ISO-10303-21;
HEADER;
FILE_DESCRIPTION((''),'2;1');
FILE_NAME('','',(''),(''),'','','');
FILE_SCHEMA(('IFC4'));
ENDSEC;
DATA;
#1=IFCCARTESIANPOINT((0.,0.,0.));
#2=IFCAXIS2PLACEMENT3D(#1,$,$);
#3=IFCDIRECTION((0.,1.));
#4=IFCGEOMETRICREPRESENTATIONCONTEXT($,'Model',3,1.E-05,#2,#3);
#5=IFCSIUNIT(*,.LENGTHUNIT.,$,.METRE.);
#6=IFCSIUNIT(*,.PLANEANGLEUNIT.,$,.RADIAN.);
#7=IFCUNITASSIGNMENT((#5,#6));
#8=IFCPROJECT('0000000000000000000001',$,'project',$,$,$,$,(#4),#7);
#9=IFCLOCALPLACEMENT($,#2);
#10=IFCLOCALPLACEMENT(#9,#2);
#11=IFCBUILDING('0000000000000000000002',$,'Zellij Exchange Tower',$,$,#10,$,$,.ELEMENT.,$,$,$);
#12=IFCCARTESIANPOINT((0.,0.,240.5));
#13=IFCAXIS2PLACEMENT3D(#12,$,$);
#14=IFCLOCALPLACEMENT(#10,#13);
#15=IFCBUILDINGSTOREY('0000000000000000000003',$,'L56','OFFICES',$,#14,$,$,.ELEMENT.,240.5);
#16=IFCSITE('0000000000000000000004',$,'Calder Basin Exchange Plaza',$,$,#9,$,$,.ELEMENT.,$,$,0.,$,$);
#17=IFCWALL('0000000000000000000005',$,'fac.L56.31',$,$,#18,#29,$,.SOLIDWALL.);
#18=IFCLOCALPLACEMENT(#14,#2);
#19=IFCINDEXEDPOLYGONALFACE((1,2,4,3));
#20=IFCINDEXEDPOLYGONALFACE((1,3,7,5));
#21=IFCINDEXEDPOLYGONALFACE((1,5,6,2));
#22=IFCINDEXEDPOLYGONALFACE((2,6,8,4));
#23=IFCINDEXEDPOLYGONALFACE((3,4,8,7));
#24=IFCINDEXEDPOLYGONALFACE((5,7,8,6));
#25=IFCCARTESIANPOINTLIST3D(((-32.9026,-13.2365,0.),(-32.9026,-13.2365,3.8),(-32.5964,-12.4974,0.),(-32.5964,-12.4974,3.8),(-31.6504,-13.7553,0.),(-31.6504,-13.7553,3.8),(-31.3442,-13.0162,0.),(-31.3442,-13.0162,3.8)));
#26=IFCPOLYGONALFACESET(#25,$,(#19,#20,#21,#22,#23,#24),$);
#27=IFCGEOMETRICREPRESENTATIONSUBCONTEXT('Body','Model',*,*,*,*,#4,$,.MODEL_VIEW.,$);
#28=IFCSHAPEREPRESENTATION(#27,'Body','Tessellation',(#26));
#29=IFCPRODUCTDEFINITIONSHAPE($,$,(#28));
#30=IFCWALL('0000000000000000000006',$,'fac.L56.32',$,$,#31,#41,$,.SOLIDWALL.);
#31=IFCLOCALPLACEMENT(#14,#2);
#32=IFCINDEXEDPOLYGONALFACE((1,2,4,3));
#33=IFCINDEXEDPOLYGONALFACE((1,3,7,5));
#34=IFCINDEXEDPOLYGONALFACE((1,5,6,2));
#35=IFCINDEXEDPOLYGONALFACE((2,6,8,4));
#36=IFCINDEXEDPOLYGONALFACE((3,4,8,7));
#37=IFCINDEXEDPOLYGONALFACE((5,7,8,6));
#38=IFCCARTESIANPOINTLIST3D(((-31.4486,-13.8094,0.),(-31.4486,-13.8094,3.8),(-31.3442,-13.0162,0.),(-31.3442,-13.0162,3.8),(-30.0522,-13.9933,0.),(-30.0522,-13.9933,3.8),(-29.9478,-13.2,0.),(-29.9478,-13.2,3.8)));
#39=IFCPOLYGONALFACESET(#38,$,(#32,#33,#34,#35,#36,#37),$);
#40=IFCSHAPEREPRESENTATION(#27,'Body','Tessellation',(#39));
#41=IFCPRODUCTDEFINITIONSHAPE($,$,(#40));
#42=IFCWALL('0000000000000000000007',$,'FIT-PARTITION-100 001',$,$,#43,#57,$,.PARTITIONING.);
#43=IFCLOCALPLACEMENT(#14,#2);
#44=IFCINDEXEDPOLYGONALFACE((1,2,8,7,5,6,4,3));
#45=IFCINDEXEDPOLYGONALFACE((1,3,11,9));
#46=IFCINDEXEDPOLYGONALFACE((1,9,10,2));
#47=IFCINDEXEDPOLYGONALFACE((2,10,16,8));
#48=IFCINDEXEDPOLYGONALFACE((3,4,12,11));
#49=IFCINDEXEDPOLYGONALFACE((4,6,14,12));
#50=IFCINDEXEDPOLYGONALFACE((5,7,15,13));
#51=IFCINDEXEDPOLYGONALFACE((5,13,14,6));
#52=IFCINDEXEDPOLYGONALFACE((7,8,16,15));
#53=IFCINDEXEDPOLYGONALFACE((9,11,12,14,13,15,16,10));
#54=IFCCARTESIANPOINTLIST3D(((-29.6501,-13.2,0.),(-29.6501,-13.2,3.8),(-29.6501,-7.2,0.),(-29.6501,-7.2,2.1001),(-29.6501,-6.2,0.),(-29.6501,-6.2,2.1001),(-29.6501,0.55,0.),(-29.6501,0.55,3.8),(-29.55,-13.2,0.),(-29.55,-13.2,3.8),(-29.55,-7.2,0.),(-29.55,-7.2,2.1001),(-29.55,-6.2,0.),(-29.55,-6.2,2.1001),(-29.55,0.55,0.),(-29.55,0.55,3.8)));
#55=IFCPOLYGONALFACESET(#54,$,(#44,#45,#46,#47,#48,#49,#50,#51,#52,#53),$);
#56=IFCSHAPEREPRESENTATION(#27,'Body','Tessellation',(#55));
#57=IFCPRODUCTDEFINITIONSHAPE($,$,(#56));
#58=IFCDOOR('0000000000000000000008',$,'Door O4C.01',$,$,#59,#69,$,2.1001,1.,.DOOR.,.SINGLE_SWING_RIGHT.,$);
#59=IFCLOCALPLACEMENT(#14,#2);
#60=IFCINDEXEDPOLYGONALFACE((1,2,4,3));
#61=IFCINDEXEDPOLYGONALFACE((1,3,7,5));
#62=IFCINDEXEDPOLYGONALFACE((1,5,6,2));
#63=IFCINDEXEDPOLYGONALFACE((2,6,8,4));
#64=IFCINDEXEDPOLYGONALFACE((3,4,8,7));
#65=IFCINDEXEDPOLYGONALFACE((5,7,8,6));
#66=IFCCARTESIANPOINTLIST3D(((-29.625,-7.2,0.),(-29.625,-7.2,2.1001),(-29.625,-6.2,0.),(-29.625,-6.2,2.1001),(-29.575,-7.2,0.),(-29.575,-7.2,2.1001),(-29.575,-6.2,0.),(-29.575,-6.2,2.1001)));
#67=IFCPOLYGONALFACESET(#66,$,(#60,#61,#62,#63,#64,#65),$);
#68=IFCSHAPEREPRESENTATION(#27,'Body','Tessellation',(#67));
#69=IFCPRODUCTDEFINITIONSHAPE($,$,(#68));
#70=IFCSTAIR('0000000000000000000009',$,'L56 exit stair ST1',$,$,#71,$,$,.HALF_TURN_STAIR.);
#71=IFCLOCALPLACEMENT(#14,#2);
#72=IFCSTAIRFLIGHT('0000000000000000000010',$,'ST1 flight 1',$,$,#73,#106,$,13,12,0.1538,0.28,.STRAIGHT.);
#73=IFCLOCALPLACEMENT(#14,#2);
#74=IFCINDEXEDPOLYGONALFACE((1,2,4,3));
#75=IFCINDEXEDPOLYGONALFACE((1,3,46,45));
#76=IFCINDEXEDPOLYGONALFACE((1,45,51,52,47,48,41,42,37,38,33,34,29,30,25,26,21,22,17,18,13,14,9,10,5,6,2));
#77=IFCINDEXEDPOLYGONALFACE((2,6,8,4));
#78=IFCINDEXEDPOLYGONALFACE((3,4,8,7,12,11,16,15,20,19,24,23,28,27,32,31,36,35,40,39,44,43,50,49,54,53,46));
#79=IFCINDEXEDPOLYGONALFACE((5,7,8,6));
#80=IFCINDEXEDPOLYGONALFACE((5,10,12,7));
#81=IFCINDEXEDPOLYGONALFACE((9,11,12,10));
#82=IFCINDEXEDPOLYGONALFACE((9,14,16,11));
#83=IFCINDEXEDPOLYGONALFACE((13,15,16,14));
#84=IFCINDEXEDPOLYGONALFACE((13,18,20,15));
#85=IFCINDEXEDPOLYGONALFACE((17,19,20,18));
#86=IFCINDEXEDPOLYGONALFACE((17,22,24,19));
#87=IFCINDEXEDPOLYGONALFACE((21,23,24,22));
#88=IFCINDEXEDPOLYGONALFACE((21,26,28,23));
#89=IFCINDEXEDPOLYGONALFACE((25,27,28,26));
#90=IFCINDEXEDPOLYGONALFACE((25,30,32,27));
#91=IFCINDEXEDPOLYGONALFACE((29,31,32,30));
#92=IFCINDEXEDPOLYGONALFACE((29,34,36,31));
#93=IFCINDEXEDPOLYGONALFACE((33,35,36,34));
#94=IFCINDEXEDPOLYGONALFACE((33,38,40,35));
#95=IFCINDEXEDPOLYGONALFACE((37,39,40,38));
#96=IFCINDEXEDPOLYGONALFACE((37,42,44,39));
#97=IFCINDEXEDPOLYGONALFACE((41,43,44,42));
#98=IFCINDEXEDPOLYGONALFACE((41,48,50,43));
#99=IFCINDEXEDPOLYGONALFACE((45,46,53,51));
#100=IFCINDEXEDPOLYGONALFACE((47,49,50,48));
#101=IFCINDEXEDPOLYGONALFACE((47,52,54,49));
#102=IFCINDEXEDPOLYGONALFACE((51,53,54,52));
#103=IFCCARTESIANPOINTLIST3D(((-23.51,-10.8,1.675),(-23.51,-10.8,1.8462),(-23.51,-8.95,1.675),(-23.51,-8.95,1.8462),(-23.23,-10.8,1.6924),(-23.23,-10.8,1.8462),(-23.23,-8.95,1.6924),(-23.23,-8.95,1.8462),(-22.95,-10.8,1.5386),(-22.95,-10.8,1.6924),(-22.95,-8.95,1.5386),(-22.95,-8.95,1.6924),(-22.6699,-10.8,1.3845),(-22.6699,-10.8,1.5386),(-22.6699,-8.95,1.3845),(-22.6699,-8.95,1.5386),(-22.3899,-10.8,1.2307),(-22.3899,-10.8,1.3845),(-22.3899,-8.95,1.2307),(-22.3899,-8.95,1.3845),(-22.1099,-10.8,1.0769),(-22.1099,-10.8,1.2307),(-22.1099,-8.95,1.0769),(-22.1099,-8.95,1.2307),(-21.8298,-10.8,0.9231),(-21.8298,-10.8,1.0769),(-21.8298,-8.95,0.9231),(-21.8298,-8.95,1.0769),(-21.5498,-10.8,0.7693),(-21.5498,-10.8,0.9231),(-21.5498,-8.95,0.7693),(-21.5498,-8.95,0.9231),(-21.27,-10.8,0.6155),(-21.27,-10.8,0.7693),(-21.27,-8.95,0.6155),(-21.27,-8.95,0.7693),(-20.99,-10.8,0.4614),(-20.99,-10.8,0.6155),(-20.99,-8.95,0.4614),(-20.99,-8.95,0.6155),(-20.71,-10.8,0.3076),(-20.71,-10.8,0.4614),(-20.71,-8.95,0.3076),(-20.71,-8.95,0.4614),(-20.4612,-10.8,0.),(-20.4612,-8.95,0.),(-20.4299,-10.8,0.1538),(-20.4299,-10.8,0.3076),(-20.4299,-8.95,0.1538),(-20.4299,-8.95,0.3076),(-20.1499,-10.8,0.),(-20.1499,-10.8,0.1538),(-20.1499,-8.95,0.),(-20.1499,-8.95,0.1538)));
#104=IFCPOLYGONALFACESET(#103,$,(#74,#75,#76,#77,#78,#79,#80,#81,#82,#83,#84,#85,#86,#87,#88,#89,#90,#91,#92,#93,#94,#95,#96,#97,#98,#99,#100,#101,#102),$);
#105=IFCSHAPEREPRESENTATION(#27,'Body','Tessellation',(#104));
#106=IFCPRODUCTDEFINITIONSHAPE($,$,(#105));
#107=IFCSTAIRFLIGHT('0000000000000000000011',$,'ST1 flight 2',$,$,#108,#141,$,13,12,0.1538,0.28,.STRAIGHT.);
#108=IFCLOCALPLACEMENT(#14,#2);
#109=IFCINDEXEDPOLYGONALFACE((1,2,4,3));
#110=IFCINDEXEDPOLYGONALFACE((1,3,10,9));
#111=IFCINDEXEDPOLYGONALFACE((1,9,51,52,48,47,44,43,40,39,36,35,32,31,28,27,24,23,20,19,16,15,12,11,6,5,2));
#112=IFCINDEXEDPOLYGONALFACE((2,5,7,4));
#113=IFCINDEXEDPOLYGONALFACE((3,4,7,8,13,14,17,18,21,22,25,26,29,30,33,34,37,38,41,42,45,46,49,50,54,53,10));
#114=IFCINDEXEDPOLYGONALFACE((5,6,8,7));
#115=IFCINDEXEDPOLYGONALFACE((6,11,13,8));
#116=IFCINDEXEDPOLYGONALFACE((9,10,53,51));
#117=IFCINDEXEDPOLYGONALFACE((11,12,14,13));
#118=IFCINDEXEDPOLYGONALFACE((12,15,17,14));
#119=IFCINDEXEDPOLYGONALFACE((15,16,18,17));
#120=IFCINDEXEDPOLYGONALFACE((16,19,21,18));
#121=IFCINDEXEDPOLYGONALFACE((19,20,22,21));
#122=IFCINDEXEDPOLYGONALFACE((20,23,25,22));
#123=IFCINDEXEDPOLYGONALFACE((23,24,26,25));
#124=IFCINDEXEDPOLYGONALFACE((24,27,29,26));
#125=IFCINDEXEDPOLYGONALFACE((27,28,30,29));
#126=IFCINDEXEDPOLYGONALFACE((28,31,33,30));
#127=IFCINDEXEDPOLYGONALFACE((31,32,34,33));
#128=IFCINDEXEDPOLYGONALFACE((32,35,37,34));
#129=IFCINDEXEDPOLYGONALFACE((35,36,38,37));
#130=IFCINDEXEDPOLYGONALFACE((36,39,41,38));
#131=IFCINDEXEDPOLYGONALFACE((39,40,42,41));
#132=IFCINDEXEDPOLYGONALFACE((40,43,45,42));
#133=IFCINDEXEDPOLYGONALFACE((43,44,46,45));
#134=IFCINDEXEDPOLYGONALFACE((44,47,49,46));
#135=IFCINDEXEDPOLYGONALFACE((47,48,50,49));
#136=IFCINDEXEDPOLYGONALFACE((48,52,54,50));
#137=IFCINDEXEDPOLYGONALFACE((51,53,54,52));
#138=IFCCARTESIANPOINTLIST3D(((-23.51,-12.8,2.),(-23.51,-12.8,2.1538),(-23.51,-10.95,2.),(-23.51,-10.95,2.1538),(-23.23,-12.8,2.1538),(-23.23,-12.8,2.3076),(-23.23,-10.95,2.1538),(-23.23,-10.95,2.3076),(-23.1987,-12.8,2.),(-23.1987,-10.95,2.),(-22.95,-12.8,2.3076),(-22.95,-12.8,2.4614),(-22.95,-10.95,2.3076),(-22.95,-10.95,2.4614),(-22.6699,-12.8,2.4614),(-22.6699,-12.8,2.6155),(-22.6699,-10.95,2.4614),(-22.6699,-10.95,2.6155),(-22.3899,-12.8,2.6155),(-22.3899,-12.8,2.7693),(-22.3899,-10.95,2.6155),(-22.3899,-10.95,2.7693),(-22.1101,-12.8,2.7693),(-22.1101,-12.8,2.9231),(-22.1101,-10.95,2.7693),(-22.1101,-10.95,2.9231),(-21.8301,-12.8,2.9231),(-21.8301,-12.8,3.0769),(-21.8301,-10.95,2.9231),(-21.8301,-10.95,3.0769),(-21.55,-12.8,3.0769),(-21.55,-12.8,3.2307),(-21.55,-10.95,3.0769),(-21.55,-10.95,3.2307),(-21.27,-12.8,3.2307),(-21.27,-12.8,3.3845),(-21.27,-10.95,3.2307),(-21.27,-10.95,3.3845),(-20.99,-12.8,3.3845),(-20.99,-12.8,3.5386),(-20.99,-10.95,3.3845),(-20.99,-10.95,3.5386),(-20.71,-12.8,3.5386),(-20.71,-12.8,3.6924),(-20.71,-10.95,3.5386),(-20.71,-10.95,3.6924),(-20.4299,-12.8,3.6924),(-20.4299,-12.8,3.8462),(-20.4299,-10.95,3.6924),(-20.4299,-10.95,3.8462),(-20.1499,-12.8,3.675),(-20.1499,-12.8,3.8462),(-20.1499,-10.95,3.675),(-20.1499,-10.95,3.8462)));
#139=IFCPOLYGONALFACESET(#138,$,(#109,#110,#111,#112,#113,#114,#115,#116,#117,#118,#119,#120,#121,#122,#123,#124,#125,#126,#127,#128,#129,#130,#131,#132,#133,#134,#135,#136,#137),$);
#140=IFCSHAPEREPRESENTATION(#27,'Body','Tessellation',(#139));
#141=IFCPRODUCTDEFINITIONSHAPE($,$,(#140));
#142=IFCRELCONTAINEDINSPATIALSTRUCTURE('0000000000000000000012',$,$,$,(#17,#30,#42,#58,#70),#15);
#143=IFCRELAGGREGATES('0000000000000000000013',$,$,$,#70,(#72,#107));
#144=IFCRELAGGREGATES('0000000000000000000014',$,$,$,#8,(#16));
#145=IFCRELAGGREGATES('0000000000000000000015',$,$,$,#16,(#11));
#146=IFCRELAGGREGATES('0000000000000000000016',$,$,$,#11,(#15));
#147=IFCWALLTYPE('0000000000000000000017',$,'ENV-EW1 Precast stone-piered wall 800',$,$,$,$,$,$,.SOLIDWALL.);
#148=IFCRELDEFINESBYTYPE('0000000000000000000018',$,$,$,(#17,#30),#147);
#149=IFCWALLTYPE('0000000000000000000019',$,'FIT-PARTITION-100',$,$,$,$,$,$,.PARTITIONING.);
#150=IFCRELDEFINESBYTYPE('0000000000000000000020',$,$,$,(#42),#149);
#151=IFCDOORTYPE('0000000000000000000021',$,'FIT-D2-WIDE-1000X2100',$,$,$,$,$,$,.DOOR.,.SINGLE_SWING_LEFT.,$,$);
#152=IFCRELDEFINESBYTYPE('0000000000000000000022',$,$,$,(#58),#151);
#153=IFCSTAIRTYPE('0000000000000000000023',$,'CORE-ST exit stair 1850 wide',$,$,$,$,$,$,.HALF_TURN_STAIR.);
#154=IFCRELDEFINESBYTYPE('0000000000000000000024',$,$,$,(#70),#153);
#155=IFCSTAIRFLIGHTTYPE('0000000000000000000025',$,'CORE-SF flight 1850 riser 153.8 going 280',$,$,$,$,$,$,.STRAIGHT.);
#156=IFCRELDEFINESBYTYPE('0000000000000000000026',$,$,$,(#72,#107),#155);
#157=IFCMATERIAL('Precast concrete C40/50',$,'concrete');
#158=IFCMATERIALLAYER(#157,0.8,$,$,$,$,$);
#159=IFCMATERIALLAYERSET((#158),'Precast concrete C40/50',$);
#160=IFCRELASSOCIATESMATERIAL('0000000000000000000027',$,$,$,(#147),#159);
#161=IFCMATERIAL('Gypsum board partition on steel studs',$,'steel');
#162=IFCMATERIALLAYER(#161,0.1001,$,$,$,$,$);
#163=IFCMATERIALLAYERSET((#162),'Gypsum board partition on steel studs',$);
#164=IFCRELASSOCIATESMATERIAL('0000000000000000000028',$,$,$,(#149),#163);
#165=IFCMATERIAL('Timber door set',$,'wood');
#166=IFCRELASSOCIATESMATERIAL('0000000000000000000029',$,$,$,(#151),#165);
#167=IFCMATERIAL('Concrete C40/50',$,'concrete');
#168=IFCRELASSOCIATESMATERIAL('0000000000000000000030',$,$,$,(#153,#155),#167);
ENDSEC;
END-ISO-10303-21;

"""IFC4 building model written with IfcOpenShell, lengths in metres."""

from ifc_helpers import new_model, si_unit, direction, frame, frame_2d, origin, place, context, subcontext, project, spatial, polyline, rectangle, outline, extrude, material, layer, layer_set, type_object, element, fill, aggregate, save


model = new_model("IFC4")

# Units and contexts
model_context = context("Model", 3, precision=1e-05, world=origin(), true_north=direction((0.0, 1.0)))
body_context = subcontext(model_context, "Body", "Model", "MODEL_VIEW")
ifc_project = project(units=[si_unit("LENGTHUNIT", "METRE"), si_unit("PLANEANGLEUNIT", "RADIAN")], contexts=[model_context])

# Site, building, storey
site_placement = place(None, origin())
site = spatial("IfcSite", under=ifc_project, at=site_placement, Name="Calder Basin Exchange Plaza", CompositionType="ELEMENT", RefElevation=0.0)
building_placement = place(site_placement, origin())
building = spatial("IfcBuilding", under=site, at=building_placement, Name="Zellij Exchange Tower", CompositionType="ELEMENT")
storey_placement = place(building_placement, frame((0.0, 0.0, 240.5)))
storey = spatial("IfcBuildingStorey", under=building, at=storey_placement, Name="L56", Description="OFFICES", CompositionType="ELEMENT", Elevation=240.5)

# Walls
ifc_material_1 = material(Name="Precast concrete C40/50", Category="concrete")
ifc_layer_1 = layer(ifc_material_1, 0.8)
ifc_layer_set_1 = layer_set([ifc_layer_1], Name="Precast concrete C40/50")
wall_type_1 = type_object("IfcWallType", Name="ENV-EW1 Precast stone-piered wall 800", PredefinedType="SOLIDWALL", material=ifc_layer_set_1)
wall_1_placement = place(storey_placement, frame((-32.7495, -12.8669, 0.0), z_axis=(0.0, 0.0, 1.0), x_axis=(0.923848, -0.38276, 0.0)))
element("IfcWall", 1, at=wall_1_placement, inside=storey, type_object=wall_type_1, Name="fac.L56.31", PredefinedType="SOLIDWALL", context=body_context, shape_type="SweptSolid", body=[
    extrude(rectangle(XDim=1.3555, YDim=0.8, at=frame_2d((0.6777, 0.0))), origin(), (0.0, 0.0, 1.0), 3.8),
])
wall_2_placement = place(storey_placement, frame((-31.3962, -13.4128, 0.0), z_axis=(0.0, 0.0, 1.0), x_axis=(0.991446, -0.130517, 0.0)))
element("IfcWall", 2, at=wall_2_placement, inside=storey, type_object=wall_type_1, Name="fac.L56.32", PredefinedType="SOLIDWALL", context=body_context, shape_type="SweptSolid", body=[
    extrude(rectangle(XDim=1.4084, YDim=0.8, at=frame_2d((0.7041, 0.0))), origin(), (0.0, 0.0, 1.0), 3.8),
])

# Wall, opening, door
ifc_material_2 = material(Name="Gypsum board partition on steel studs", Category="steel")
ifc_layer_2 = layer(ifc_material_2, 0.1001)
ifc_layer_set_2 = layer_set([ifc_layer_2], Name="Gypsum board partition on steel studs")
wall_type_2 = type_object("IfcWallType", Name="FIT-PARTITION-100", PredefinedType="PARTITIONING", material=ifc_layer_set_2)
wall_3_placement = place(storey_placement, frame((-29.6001, -13.2, 0.0), z_axis=(0.0, 0.0, 1.0), x_axis=(0.0, 1.0, 0.0)))
wall_3 = element("IfcWall", 3, at=wall_3_placement, inside=storey, type_object=wall_type_2, Name="FIT-PARTITION-100 001", PredefinedType="PARTITIONING", context=body_context, shape_type="SweptSolid", body=[
    extrude(rectangle(XDim=13.75, YDim=0.1001, at=frame_2d((6.875, 0.0))), origin(), (0.0, 0.0, 1.0), 3.8),
])
opening_1_placement = place(wall_3_placement, frame((6.0, 0.0, 0.0)))
opening_1 = element("IfcOpeningElement", 4, at=opening_1_placement, cuts=wall_3, PredefinedType="OPENING", context=body_context, shape_type="SweptSolid", body=[
    extrude(rectangle(XDim=1.0, YDim=2.1001, at=frame_2d((0.5, 1.05))), frame((0.0, 0.062, 0.0), z_axis=(0.0, -1.0, 0.0), x_axis=(1.0, 0.0, 0.0)), (0.0, 0.0, 1.0), 0.124),
])
ifc_material_3 = material(Name="Timber door set", Category="wood")
door_type_1 = type_object("IfcDoorType", Name="FIT-D2-WIDE-1000X2100", OperationType="SINGLE_SWING_LEFT", PredefinedType="DOOR", material=ifc_material_3)
door_1_placement = place(opening_1_placement, origin())
door_1 = element("IfcDoor", 5, at=door_1_placement, inside=storey, type_object=door_type_1, Name="Door O4C.01", OperationType="SINGLE_SWING_RIGHT", OverallHeight=2.1001, OverallWidth=1.0, PredefinedType="DOOR", context=body_context, shape_type="SweptSolid", body=[
    extrude(rectangle(XDim=1.0, YDim=2.1001, at=frame_2d((0.5, 1.05))), frame((0.0, 0.0249, 0.0), z_axis=(0.0, -1.0, 0.0), x_axis=(1.0, 0.0, 0.0)), (0.0, 0.0, 1.0), 0.05),
])
fill(opening_1, door_1)

# Stair, stair flights
ifc_material_4 = material(Name="Concrete C40/50", Category="concrete")
stair_type = type_object("IfcStairType", Name="CORE-ST exit stair 1850 wide", PredefinedType="HALF_TURN_STAIR", material=ifc_material_4)
stair_placement = place(storey_placement, origin())
stair = element("IfcStair", 6, at=stair_placement, inside=storey, type_object=stair_type, Name="L56 exit stair ST1", PredefinedType="HALF_TURN_STAIR")
stair_flight_type = type_object("IfcStairFlightType", Name="CORE-SF flight 1850 riser 153.8 going 280", PredefinedType="STRAIGHT", material=ifc_material_4)
stair_flight_1_placement = place(storey_placement, frame((-20.1499, -9.875, 0.0), z_axis=(0.0, 0.0, 1.0), x_axis=(-1.0, 0.0, 0.0)))
stair_flight_1 = element("IfcStairFlight", 7, at=stair_flight_1_placement, type_object=stair_flight_type, Name="ST1 flight 1", NumberOfRisers=13, NumberOfTreads=12, PredefinedType="STRAIGHT", RiserHeight=0.1538, TreadLength=0.28, context=body_context, shape_type="SweptSolid", body=[
    extrude(outline(polyline([(0.0, 0.0), (0.0, 0.1538), (0.28, 0.1538), (0.28, 0.3076), (0.5601, 0.3076), (0.5601, 0.4614), (0.8401, 0.4614), (0.8401, 0.6155), (1.1201, 0.6155), (1.1201, 0.7693), (1.3999, 0.7693), (1.3999, 0.9231), (1.6799, 0.9231), (1.6799, 1.0769), (1.96, 1.0769), (1.96, 1.2307), (2.24, 1.2307), (2.24, 1.3845), (2.52, 1.3845), (2.52, 1.5386), (2.8, 1.5386), (2.8, 1.6924), (3.0801, 1.6924), (3.0801, 1.8462), (3.3601, 1.8462), (3.3601, 2.0), (3.3601, 1.675), (0.3113, 0.0), (0.0, 0.0)])), frame((0.0, 0.925, 0.0), z_axis=(0.0, -1.0, 0.0), x_axis=(1.0, 0.0, 0.0)), (0.0, 0.0, 1.0), 1.8501),
])
stair_flight_2_placement = place(storey_placement, frame((-23.51, -11.875, 2.0), z_axis=(0.0, 0.0, 1.0), x_axis=(1.0, 0.0, 0.0)))
stair_flight_2 = element("IfcStairFlight", 8, at=stair_flight_2_placement, type_object=stair_flight_type, Name="ST1 flight 2", NumberOfRisers=13, NumberOfTreads=12, PredefinedType="STRAIGHT", RiserHeight=0.1538, TreadLength=0.28, context=body_context, shape_type="SweptSolid", body=[
    extrude(outline(polyline([(0.0, 0.0), (0.0, 0.1538), (0.28, 0.1538), (0.28, 0.3076), (0.5601, 0.3076), (0.5601, 0.4614), (0.8401, 0.4614), (0.8401, 0.6155), (1.1201, 0.6155), (1.1201, 0.7693), (1.3999, 0.7693), (1.3999, 0.9231), (1.6799, 0.9231), (1.6799, 1.0769), (1.96, 1.0769), (1.96, 1.2307), (2.24, 1.2307), (2.24, 1.3845), (2.52, 1.3845), (2.52, 1.5386), (2.8, 1.5386), (2.8, 1.6924), (3.0801, 1.6924), (3.0801, 1.8462), (3.3601, 1.8462), (3.3601, 2.0), (3.3601, 1.675), (0.3113, 0.0), (0.0, 0.0)])), frame((0.0, 0.925, 0.0), z_axis=(0.0, -1.0, 0.0), x_axis=(1.0, 0.0, 0.0)), (0.0, 0.0, 1.0), 1.8501),
])
aggregate(stair, [stair_flight_1, stair_flight_2])

save(model, "model.ifc")
